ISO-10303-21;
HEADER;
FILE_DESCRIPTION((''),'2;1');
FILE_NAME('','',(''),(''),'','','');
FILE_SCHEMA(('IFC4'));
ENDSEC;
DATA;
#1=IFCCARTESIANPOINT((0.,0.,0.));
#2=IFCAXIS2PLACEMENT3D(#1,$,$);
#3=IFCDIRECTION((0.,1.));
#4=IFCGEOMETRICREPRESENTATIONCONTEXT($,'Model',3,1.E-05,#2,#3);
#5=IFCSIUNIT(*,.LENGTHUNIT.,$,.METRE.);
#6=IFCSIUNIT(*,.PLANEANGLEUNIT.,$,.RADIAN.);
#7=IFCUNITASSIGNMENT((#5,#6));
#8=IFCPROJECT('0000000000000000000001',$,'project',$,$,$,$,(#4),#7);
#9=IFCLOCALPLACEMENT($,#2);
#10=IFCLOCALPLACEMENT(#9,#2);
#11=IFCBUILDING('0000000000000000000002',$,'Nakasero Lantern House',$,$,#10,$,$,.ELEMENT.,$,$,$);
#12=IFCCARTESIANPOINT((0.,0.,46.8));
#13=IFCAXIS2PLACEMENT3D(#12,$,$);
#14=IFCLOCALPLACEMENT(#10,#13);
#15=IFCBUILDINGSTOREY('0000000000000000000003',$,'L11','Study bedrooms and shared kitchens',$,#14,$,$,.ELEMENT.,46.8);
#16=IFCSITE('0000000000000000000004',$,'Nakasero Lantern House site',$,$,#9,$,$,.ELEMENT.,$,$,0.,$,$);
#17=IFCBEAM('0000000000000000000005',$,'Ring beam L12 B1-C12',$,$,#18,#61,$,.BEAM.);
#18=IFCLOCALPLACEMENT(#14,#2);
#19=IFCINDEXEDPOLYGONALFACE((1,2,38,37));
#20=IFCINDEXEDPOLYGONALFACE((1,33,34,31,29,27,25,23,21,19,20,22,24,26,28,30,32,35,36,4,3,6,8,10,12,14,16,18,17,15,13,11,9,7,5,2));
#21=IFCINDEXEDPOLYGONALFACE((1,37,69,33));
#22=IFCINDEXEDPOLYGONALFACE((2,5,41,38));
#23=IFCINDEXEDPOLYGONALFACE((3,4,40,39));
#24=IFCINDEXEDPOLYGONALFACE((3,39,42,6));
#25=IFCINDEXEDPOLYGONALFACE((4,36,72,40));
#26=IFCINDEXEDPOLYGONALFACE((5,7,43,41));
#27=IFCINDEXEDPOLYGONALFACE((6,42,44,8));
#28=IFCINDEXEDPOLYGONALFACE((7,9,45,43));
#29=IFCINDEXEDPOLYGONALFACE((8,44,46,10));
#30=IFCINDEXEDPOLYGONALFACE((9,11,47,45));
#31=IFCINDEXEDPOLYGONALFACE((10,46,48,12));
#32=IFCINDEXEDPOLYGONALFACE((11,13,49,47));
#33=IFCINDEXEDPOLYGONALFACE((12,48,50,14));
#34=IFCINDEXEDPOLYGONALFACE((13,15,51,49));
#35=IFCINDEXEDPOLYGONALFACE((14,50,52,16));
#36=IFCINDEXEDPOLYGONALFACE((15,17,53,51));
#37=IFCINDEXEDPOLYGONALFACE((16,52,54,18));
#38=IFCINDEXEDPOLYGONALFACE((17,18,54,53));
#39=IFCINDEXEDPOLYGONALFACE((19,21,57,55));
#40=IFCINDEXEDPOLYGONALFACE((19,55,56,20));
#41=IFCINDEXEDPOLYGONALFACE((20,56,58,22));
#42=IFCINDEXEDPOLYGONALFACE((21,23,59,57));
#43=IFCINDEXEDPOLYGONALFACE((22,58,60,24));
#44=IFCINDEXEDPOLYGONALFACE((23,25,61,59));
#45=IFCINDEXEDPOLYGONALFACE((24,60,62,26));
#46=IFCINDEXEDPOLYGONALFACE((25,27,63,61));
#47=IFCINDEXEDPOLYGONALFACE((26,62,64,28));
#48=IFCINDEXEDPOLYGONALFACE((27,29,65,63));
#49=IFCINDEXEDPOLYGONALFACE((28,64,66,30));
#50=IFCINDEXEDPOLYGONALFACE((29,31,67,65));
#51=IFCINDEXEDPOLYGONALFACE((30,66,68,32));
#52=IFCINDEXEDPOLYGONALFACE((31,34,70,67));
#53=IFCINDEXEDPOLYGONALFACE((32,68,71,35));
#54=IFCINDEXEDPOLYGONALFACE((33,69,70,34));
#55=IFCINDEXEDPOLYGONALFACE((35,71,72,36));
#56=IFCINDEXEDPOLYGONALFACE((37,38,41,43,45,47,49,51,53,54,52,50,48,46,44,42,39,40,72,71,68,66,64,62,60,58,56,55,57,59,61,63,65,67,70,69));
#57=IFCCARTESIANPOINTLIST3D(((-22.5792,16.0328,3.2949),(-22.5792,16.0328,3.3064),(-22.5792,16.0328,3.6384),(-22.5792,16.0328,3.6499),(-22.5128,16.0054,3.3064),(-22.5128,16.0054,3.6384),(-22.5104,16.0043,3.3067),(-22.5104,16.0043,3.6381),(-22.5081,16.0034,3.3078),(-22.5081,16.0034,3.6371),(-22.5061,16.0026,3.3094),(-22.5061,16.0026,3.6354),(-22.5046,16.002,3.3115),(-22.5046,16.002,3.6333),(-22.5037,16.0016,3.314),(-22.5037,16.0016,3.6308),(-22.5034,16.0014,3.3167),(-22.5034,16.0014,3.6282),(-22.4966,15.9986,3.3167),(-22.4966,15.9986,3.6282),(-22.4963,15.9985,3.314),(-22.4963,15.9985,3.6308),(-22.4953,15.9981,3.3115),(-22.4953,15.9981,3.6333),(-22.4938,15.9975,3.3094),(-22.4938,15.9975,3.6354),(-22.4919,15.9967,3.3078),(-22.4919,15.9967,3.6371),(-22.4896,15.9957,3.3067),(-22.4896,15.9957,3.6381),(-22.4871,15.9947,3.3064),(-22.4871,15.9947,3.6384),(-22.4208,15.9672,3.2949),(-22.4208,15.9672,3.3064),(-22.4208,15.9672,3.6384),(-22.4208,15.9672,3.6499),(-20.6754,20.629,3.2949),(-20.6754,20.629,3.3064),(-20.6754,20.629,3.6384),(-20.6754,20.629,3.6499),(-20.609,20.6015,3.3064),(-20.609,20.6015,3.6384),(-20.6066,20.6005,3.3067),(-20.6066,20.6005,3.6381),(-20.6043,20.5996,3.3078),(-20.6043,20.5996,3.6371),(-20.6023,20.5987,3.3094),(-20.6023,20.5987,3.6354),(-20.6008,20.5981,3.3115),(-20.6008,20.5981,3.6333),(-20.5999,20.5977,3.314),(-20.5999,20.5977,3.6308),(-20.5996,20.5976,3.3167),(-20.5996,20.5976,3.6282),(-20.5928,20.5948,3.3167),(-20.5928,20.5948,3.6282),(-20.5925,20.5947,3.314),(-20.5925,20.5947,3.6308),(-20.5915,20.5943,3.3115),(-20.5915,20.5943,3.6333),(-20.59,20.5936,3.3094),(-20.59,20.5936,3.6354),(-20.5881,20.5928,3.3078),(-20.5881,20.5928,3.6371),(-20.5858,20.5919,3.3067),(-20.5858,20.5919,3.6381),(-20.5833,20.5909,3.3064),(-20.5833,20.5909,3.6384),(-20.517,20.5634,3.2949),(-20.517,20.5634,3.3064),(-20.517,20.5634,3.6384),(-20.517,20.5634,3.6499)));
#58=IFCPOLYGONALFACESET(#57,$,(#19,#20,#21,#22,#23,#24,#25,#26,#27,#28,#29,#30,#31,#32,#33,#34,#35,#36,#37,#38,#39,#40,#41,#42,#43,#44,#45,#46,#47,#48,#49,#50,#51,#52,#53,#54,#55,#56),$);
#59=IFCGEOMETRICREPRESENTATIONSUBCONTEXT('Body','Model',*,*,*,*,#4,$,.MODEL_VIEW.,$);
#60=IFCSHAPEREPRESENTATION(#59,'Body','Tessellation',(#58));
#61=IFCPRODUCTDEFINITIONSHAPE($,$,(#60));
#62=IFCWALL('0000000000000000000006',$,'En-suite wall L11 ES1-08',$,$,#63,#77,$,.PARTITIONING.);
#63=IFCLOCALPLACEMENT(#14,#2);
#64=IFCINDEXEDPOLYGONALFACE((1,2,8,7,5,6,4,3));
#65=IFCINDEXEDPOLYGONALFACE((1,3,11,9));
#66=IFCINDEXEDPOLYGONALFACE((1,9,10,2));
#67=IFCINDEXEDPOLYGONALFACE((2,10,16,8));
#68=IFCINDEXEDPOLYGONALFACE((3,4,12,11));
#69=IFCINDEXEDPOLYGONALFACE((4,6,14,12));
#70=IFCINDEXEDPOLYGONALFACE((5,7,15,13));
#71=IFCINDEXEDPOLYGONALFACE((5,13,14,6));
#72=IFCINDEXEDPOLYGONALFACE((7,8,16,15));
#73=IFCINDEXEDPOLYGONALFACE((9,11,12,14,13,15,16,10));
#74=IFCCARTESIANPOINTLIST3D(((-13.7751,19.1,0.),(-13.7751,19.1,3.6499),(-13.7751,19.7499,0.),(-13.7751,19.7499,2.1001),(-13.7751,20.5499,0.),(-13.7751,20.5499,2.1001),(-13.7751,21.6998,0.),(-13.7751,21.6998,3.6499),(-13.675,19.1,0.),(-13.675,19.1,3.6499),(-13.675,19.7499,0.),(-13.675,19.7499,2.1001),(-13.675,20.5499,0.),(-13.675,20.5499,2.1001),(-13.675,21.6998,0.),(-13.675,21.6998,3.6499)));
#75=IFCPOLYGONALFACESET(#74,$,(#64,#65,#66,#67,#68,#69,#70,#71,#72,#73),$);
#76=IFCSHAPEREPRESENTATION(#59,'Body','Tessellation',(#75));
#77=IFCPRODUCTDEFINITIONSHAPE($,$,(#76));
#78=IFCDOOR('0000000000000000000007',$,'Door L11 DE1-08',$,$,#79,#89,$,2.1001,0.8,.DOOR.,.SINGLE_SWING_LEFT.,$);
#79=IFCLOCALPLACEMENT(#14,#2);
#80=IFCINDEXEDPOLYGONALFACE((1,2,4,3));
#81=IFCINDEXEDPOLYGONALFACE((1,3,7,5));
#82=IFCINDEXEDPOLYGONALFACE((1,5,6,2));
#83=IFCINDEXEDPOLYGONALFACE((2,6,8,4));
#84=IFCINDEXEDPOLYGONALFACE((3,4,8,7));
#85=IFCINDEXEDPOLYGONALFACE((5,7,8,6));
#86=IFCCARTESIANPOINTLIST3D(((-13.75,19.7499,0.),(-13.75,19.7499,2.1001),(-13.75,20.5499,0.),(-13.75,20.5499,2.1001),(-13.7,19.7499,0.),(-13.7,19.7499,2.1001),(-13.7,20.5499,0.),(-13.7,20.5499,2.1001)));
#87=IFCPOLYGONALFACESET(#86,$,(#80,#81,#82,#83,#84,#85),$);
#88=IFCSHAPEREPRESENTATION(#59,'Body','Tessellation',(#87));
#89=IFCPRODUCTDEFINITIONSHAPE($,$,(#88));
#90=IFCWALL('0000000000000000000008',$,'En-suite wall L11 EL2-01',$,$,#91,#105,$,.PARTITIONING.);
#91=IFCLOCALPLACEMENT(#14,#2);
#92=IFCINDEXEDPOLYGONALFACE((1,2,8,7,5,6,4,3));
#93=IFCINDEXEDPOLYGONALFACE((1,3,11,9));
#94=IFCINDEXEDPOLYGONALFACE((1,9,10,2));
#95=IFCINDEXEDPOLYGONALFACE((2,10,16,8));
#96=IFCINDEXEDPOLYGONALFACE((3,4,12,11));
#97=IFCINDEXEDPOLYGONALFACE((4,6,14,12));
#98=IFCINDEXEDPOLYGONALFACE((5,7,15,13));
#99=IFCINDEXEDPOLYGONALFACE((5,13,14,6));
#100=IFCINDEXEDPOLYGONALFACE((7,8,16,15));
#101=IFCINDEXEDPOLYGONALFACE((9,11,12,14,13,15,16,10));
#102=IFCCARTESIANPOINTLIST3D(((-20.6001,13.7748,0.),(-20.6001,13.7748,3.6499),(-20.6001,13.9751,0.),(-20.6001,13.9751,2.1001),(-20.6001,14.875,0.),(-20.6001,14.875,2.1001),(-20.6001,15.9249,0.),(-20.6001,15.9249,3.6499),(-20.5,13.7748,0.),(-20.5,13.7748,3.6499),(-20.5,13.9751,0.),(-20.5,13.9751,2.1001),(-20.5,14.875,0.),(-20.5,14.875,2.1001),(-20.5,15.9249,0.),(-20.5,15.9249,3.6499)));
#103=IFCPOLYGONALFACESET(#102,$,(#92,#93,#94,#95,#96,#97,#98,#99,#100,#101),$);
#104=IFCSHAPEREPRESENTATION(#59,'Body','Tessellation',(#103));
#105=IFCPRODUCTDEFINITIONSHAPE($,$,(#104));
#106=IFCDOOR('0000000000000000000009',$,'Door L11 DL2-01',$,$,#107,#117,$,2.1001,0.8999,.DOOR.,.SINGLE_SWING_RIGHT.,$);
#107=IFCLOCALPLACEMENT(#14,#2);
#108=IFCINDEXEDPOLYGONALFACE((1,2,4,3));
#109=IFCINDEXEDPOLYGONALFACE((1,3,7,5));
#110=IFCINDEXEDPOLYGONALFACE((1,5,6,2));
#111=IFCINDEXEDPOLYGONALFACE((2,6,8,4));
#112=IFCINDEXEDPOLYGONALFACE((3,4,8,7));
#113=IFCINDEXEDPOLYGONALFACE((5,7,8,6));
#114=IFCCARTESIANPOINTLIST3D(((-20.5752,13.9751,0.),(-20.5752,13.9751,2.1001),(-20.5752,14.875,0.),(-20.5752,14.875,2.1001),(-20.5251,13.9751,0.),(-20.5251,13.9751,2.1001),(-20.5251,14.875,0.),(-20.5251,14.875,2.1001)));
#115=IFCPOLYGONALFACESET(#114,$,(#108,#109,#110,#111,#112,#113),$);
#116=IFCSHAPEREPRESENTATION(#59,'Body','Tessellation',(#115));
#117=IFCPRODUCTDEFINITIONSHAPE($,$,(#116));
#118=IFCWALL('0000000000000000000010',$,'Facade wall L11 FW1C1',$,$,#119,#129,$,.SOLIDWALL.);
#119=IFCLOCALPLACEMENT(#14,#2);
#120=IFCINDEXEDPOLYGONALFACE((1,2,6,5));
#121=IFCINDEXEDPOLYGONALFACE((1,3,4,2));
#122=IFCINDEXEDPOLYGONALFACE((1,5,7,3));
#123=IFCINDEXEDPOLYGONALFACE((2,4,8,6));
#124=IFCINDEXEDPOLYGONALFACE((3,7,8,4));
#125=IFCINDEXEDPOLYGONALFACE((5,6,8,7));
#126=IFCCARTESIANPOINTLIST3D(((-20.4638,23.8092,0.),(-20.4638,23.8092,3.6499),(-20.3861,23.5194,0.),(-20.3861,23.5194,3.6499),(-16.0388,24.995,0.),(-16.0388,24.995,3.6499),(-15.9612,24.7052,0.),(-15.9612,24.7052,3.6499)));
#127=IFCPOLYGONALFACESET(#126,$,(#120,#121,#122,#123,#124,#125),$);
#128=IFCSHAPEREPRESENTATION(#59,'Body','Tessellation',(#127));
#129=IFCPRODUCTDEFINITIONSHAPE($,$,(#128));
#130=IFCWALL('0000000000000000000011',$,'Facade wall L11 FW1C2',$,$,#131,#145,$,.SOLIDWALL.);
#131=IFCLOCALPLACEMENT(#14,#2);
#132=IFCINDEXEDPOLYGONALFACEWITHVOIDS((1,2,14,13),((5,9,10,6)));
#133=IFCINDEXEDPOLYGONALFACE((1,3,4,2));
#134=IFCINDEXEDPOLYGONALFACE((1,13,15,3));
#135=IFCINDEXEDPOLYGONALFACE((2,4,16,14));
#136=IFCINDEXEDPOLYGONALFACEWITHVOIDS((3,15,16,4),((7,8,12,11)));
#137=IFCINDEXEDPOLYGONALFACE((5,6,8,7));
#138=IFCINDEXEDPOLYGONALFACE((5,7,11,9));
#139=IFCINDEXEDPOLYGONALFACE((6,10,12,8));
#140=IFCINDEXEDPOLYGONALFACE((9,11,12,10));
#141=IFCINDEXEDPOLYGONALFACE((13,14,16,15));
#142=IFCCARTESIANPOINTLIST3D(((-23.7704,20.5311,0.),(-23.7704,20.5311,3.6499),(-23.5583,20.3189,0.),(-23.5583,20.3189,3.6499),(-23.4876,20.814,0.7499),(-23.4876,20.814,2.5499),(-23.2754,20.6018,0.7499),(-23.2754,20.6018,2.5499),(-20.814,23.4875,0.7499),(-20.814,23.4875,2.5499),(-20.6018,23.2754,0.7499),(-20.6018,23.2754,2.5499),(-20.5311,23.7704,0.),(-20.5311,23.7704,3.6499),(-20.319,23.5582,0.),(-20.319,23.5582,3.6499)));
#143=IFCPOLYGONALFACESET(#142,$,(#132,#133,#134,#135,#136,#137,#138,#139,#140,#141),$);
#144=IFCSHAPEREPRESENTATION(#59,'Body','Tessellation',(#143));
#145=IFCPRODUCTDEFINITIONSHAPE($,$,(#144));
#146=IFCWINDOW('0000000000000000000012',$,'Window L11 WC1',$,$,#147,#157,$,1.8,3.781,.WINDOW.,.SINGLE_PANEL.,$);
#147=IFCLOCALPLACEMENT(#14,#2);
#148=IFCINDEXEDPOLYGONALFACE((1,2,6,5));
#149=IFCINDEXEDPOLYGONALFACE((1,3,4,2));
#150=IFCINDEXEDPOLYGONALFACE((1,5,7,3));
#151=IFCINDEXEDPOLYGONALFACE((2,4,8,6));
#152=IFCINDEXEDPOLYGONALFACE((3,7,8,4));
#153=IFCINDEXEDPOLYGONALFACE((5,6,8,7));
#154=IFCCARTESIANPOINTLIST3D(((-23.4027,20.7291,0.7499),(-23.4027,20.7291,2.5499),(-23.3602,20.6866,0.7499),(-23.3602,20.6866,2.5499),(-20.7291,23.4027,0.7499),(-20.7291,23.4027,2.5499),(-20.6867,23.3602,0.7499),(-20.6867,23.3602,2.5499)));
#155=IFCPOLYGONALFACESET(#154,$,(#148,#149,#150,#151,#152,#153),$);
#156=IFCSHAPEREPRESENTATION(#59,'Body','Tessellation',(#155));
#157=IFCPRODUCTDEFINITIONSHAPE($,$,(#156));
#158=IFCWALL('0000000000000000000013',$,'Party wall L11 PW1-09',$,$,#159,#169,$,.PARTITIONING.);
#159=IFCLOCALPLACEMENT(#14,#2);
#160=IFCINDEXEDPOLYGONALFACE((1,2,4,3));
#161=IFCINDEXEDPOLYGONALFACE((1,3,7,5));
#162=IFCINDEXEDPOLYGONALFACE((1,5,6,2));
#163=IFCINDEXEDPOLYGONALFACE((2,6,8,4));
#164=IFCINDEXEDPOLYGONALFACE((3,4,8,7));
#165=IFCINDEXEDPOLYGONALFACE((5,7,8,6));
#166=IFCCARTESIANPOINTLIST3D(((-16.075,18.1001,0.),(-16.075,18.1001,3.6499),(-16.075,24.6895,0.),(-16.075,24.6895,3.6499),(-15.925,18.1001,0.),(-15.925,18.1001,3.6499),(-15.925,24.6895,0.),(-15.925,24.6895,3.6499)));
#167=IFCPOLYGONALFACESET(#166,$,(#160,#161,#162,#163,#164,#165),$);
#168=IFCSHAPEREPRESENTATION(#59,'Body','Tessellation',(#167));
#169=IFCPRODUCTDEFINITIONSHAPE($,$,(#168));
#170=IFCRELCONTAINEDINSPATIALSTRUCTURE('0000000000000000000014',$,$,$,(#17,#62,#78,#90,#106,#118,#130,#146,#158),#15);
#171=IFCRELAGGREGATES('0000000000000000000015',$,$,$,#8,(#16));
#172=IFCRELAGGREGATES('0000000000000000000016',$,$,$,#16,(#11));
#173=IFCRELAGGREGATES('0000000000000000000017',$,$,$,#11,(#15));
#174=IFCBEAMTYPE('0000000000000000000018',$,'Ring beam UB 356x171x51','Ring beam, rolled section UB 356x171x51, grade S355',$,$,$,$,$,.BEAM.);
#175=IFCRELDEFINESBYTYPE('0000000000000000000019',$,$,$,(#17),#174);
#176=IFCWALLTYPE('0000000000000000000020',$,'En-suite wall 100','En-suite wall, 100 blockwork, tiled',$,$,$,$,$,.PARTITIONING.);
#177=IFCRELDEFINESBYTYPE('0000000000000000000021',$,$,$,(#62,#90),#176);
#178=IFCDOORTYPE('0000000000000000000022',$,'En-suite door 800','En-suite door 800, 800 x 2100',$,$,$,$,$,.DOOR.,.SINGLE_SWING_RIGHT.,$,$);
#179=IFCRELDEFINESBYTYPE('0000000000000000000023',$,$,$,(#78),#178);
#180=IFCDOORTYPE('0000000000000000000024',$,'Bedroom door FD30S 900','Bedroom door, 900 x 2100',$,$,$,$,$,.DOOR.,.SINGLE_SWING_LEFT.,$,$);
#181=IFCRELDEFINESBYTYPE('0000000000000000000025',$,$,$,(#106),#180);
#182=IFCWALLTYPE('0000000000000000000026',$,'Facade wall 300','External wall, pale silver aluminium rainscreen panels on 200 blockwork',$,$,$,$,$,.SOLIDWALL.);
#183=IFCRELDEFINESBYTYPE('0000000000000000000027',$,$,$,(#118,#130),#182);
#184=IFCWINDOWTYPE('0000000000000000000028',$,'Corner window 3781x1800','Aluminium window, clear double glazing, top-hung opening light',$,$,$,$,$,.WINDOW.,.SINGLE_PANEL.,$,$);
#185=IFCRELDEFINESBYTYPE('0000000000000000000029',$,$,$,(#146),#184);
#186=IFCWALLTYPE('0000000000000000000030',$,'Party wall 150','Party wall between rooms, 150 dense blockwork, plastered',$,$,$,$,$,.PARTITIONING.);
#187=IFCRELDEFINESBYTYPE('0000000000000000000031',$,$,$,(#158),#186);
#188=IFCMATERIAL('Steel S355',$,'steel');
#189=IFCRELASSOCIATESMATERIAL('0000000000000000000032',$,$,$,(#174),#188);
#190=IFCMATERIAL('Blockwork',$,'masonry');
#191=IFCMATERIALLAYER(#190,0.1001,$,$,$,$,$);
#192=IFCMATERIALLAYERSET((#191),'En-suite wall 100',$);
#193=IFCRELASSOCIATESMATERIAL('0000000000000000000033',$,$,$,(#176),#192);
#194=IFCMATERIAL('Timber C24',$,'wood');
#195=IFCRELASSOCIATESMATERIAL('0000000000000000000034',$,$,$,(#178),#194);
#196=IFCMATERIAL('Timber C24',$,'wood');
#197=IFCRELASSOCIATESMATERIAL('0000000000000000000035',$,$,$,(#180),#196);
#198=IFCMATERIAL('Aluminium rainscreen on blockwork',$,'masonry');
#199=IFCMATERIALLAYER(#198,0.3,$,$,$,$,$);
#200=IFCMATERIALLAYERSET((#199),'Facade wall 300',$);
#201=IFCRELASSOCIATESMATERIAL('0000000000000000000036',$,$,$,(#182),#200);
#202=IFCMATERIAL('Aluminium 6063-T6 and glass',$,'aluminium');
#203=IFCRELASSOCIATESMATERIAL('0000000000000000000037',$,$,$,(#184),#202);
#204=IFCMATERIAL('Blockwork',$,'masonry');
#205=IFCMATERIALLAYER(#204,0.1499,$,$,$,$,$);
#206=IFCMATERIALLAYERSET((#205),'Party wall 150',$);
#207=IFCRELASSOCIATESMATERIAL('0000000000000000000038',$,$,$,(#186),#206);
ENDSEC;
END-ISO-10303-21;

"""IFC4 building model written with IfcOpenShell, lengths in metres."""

from ifc_helpers import new_model, si_unit, direction, frame, frame_2d, origin, origin_2d, place, context, subcontext, project, spatial, rectangle, i_section, extrude, material, layer, layer_set, material_profile, profile_set, type_object, element, fill, save


model = new_model("IFC4")

# Units and contexts
model_context = context("Model", 3, precision=1e-05, world=origin(), true_north=direction((0.0, 1.0)))
body_context = subcontext(model_context, "Body", "Model", "MODEL_VIEW")
ifc_project = project(units=[si_unit("LENGTHUNIT", "METRE"), si_unit("PLANEANGLEUNIT", "RADIAN")], contexts=[model_context])

# Site, building, storey
site_placement = place(None, origin())
site = spatial("IfcSite", under=ifc_project, at=site_placement, Name="Nakasero Lantern House site", CompositionType="ELEMENT", RefElevation=0.0)
building_placement = place(site_placement, origin())
building = spatial("IfcBuilding", under=site, at=building_placement, Name="Nakasero Lantern House", CompositionType="ELEMENT")
storey_placement = place(building_placement, frame((0.0, 0.0, 46.8)))
storey = spatial("IfcBuildingStorey", under=building, at=storey_placement, Name="L11", Description="Study bedrooms and shared kitchens", CompositionType="ELEMENT", Elevation=46.8)

# Beam
ifc_material_1 = material(Name="Steel S355", Category="steel")
ifc_material_profile_1 = material_profile(ifc_material_1, i_section(OverallWidth=0.1714, OverallDepth=0.355, WebThickness=0.0073, FlangeThickness=0.0115, FilletRadius=0.0103, at=origin_2d()), Name="UB 356x171x51")
ifc_profile_set_1 = profile_set([ifc_material_profile_1], Name="Steel S355")
beam_type_1 = type_object("IfcBeamType", Name="Ring beam UB 356x171x51", Description="Ring beam, rolled section UB 356x171x51, grade S355", PredefinedType="BEAM", material=ifc_profile_set_1)
for number, where, z_axis, x_axis, name in (
    (1, (-20.5962, 20.5962, 3.4724), (-0.382684, -0.923879, 0.0), (0.923879, -0.382684, 0.0), "Ring beam L12 B1-C12"),
):
    element("IfcBeam", number, at=place(storey_placement, frame(where, z_axis=z_axis, x_axis=x_axis)), inside=storey, type_object=beam_type_1, Name=name, PredefinedType="BEAM", context=body_context, shape_type="SweptSolid", body=[
        extrude(i_section(OverallWidth=0.1714, OverallDepth=0.355, WebThickness=0.0073, FlangeThickness=0.0115, FilletRadius=0.0103, at=origin_2d()), origin(), (0.0, 0.0, 1.0), 4.9749),
    ])

# Walls, openings, doors
ifc_material_2 = material(Name="Blockwork", Category="masonry")
ifc_layer_1 = layer(ifc_material_2, 0.1001)
ifc_layer_set_1 = layer_set([ifc_layer_1], Name="En-suite wall 100")
wall_type_1 = type_object("IfcWallType", Name="En-suite wall 100", Description="En-suite wall, 100 blockwork, tiled", PredefinedType="PARTITIONING", material=ifc_layer_set_1)
wall_1_placement = place(storey_placement, frame((-13.7251, 19.1001, 0.0), z_axis=(0.0, 0.0, 1.0), x_axis=(0.0, 1.0, 0.0)))
wall_1 = element("IfcWall", 2, at=wall_1_placement, inside=storey, type_object=wall_type_1, Name="En-suite wall L11 ES1-08", PredefinedType="PARTITIONING", context=body_context, shape_type="SweptSolid", body=[
    extrude(rectangle(XDim=2.5999, YDim=0.1001, at=frame_2d((1.2998, 0.0))), origin(), (0.0, 0.0, 1.0), 3.6499),
])
opening_1_placement = place(wall_1_placement, frame((0.6499, 0.0, 0.0)))
opening_1 = element("IfcOpeningElement", 3, at=opening_1_placement, cuts=wall_1, PredefinedType="OPENING", context=body_context, shape_type="SweptSolid", body=[
    extrude(rectangle(XDim=0.8, YDim=2.1001, at=frame_2d((0.3999, 1.05))), frame((0.0, 0.0701, 0.0), z_axis=(0.0, -1.0, 0.0), x_axis=(1.0, 0.0, 0.0)), (0.0, 0.0, 1.0), 0.1401),
])
ifc_material_3 = material(Name="Timber C24", Category="wood")
door_type_1 = type_object("IfcDoorType", Name="En-suite door 800", Description="En-suite door 800, 800 x 2100", OperationType="SINGLE_SWING_RIGHT", PredefinedType="DOOR", material=ifc_material_3)
door_1_placement = place(opening_1_placement, origin())
door_1 = element("IfcDoor", 4, at=door_1_placement, inside=storey, type_object=door_type_1, Name="Door L11 DE1-08", OperationType="SINGLE_SWING_LEFT", OverallHeight=2.1001, OverallWidth=0.8, PredefinedType="DOOR", context=body_context, shape_type="SweptSolid", body=[
    extrude(rectangle(XDim=0.8, YDim=2.1001, at=frame_2d((0.3999, 1.05))), frame((0.0, 0.0249, 0.0), z_axis=(0.0, -1.0, 0.0), x_axis=(1.0, 0.0, 0.0)), (0.0, 0.0, 1.0), 0.05),
])
fill(opening_1, door_1)
wall_2_placement = place(storey_placement, frame((-20.55, 15.925, 0.0), z_axis=(0.0, 0.0, 1.0), x_axis=(0.0, -1.0, 0.0)))
wall_2 = element("IfcWall", 5, at=wall_2_placement, inside=storey, type_object=wall_type_1, Name="En-suite wall L11 EL2-01", PredefinedType="PARTITIONING", context=body_context, shape_type="SweptSolid", body=[
    extrude(rectangle(XDim=2.1501, YDim=0.1001, at=frame_2d((1.0752, 0.0))), origin(), (0.0, 0.0, 1.0), 3.6499),
])
opening_2_placement = place(wall_2_placement, frame((1.05, 0.0, 0.0)))
opening_2 = element("IfcOpeningElement", 6, at=opening_2_placement, cuts=wall_2, PredefinedType="OPENING", context=body_context, shape_type="SweptSolid", body=[
    extrude(rectangle(XDim=0.8999, YDim=2.1001, at=frame_2d((0.45, 1.05))), frame((0.0, 0.0701, 0.0), z_axis=(0.0, -1.0, 0.0), x_axis=(1.0, 0.0, 0.0)), (0.0, 0.0, 1.0), 0.1401),
])
ifc_material_4 = material(Name="Timber C24", Category="wood")
door_type_2 = type_object("IfcDoorType", Name="Bedroom door FD30S 900", Description="Bedroom door, 900 x 2100", OperationType="SINGLE_SWING_LEFT", PredefinedType="DOOR", material=ifc_material_4)
door_2_placement = place(opening_2_placement, origin())
door_2 = element("IfcDoor", 7, at=door_2_placement, inside=storey, type_object=door_type_2, Name="Door L11 DL2-01", OperationType="SINGLE_SWING_RIGHT", OverallHeight=2.1001, OverallWidth=0.8999, PredefinedType="DOOR", context=body_context, shape_type="SweptSolid", body=[
    extrude(rectangle(XDim=0.8999, YDim=2.1001, at=frame_2d((0.45, 1.05))), frame((0.0, 0.0249, 0.0), z_axis=(0.0, -1.0, 0.0), x_axis=(1.0, 0.0, 0.0)), (0.0, 0.0, 1.0), 0.05),
])
fill(opening_2, door_2)

# Wall
ifc_material_5 = material(Name="Aluminium rainscreen on blockwork", Category="masonry")
ifc_layer_2 = layer(ifc_material_5, 0.3)
ifc_layer_set_2 = layer_set([ifc_layer_2], Name="Facade wall 300")
wall_type_2 = type_object("IfcWallType", Name="Facade wall 300", Description="External wall, pale silver aluminium rainscreen panels on 200 blockwork", PredefinedType="SOLIDWALL", material=ifc_layer_set_2)
wall_3_placement = place(storey_placement, frame((-16.0, 24.8501, 0.0), z_axis=(0.0, 0.0, 1.0), x_axis=(-0.96592, -0.25884, 0.0)))
element("IfcWall", 8, at=wall_3_placement, inside=storey, type_object=wall_type_2, Name="Facade wall L11 FW1C1", PredefinedType="SOLIDWALL", context=body_context, shape_type="SweptSolid", body=[
    extrude(rectangle(XDim=4.5811, YDim=0.3, at=frame_2d((2.2905, 0.0))), origin(), (0.0, 0.0, 1.0), 3.6499),
])

# Wall, opening, window
wall_4_placement = place(storey_placement, frame((-20.425, 23.6643, 0.0), z_axis=(0.0, 0.0, 1.0), x_axis=(-0.707107, -0.707107, 0.0)))
wall_4 = element("IfcWall", 9, at=wall_4_placement, inside=storey, type_object=wall_type_2, Name="Facade wall L11 FW1C2", PredefinedType="SOLIDWALL", context=body_context, shape_type="SweptSolid", body=[
    extrude(rectangle(XDim=4.5811, YDim=0.3, at=frame_2d((2.2905, 0.0))), origin(), (0.0, 0.0, 1.0), 3.6499),
])
opening_3_placement = place(wall_4_placement, frame((0.3999, 0.0, 0.75)))
opening_3 = element("IfcOpeningElement", 10, at=opening_3_placement, cuts=wall_4, PredefinedType="OPENING", context=body_context, shape_type="SweptSolid", body=[
    extrude(rectangle(XDim=3.781, YDim=1.8, at=frame_2d((1.8906, 0.8999))), frame((0.0, 0.1699, 0.0), z_axis=(0.0, -1.0, 0.0), x_axis=(1.0, 0.0, 0.0)), (0.0, 0.0, 1.0), 0.3401),
])
ifc_material_6 = material(Name="Aluminium 6063-T6 and glass", Category="aluminium")
window_type = type_object("IfcWindowType", Name="Corner window 3781x1800", Description="Aluminium window, clear double glazing, top-hung opening light", PartitioningType="SINGLE_PANEL", PredefinedType="WINDOW", material=ifc_material_6)
window_placement = place(opening_3_placement, origin())
window = element("IfcWindow", 11, at=window_placement, inside=storey, type_object=window_type, Name="Window L11 WC1", OverallHeight=1.8, OverallWidth=3.781, PartitioningType="SINGLE_PANEL", PredefinedType="WINDOW", context=body_context, shape_type="SweptSolid", body=[
    extrude(rectangle(XDim=3.781, YDim=1.8, at=frame_2d((1.8906, 0.8999))), frame((0.0, 0.03, 0.0), z_axis=(0.0, -1.0, 0.0), x_axis=(1.0, 0.0, 0.0)), (0.0, 0.0, 1.0), 0.0601),
])
fill(opening_3, window)

# Wall
ifc_material_7 = material(Name="Blockwork", Category="masonry")
ifc_layer_3 = layer(ifc_material_7, 0.1499)
ifc_layer_set_3 = layer_set([ifc_layer_3], Name="Party wall 150")
wall_type_3 = type_object("IfcWallType", Name="Party wall 150", Description="Party wall between rooms, 150 dense blockwork, plastered", PredefinedType="PARTITIONING", material=ifc_layer_set_3)
wall_5_placement = place(storey_placement, frame((-16.0, 18.1001, 0.0), z_axis=(0.0, 0.0, 1.0), x_axis=(0.0, 1.0, 0.0)))
element("IfcWall", 12, at=wall_5_placement, inside=storey, type_object=wall_type_3, Name="Party wall L11 PW1-09", PredefinedType="PARTITIONING", context=body_context, shape_type="SweptSolid", body=[
    extrude(rectangle(XDim=6.5894, YDim=0.1499, at=frame_2d((3.2947, 0.0))), origin(), (0.0, 0.0, 1.0), 3.6499),
])

save(model, "model.ifc")
